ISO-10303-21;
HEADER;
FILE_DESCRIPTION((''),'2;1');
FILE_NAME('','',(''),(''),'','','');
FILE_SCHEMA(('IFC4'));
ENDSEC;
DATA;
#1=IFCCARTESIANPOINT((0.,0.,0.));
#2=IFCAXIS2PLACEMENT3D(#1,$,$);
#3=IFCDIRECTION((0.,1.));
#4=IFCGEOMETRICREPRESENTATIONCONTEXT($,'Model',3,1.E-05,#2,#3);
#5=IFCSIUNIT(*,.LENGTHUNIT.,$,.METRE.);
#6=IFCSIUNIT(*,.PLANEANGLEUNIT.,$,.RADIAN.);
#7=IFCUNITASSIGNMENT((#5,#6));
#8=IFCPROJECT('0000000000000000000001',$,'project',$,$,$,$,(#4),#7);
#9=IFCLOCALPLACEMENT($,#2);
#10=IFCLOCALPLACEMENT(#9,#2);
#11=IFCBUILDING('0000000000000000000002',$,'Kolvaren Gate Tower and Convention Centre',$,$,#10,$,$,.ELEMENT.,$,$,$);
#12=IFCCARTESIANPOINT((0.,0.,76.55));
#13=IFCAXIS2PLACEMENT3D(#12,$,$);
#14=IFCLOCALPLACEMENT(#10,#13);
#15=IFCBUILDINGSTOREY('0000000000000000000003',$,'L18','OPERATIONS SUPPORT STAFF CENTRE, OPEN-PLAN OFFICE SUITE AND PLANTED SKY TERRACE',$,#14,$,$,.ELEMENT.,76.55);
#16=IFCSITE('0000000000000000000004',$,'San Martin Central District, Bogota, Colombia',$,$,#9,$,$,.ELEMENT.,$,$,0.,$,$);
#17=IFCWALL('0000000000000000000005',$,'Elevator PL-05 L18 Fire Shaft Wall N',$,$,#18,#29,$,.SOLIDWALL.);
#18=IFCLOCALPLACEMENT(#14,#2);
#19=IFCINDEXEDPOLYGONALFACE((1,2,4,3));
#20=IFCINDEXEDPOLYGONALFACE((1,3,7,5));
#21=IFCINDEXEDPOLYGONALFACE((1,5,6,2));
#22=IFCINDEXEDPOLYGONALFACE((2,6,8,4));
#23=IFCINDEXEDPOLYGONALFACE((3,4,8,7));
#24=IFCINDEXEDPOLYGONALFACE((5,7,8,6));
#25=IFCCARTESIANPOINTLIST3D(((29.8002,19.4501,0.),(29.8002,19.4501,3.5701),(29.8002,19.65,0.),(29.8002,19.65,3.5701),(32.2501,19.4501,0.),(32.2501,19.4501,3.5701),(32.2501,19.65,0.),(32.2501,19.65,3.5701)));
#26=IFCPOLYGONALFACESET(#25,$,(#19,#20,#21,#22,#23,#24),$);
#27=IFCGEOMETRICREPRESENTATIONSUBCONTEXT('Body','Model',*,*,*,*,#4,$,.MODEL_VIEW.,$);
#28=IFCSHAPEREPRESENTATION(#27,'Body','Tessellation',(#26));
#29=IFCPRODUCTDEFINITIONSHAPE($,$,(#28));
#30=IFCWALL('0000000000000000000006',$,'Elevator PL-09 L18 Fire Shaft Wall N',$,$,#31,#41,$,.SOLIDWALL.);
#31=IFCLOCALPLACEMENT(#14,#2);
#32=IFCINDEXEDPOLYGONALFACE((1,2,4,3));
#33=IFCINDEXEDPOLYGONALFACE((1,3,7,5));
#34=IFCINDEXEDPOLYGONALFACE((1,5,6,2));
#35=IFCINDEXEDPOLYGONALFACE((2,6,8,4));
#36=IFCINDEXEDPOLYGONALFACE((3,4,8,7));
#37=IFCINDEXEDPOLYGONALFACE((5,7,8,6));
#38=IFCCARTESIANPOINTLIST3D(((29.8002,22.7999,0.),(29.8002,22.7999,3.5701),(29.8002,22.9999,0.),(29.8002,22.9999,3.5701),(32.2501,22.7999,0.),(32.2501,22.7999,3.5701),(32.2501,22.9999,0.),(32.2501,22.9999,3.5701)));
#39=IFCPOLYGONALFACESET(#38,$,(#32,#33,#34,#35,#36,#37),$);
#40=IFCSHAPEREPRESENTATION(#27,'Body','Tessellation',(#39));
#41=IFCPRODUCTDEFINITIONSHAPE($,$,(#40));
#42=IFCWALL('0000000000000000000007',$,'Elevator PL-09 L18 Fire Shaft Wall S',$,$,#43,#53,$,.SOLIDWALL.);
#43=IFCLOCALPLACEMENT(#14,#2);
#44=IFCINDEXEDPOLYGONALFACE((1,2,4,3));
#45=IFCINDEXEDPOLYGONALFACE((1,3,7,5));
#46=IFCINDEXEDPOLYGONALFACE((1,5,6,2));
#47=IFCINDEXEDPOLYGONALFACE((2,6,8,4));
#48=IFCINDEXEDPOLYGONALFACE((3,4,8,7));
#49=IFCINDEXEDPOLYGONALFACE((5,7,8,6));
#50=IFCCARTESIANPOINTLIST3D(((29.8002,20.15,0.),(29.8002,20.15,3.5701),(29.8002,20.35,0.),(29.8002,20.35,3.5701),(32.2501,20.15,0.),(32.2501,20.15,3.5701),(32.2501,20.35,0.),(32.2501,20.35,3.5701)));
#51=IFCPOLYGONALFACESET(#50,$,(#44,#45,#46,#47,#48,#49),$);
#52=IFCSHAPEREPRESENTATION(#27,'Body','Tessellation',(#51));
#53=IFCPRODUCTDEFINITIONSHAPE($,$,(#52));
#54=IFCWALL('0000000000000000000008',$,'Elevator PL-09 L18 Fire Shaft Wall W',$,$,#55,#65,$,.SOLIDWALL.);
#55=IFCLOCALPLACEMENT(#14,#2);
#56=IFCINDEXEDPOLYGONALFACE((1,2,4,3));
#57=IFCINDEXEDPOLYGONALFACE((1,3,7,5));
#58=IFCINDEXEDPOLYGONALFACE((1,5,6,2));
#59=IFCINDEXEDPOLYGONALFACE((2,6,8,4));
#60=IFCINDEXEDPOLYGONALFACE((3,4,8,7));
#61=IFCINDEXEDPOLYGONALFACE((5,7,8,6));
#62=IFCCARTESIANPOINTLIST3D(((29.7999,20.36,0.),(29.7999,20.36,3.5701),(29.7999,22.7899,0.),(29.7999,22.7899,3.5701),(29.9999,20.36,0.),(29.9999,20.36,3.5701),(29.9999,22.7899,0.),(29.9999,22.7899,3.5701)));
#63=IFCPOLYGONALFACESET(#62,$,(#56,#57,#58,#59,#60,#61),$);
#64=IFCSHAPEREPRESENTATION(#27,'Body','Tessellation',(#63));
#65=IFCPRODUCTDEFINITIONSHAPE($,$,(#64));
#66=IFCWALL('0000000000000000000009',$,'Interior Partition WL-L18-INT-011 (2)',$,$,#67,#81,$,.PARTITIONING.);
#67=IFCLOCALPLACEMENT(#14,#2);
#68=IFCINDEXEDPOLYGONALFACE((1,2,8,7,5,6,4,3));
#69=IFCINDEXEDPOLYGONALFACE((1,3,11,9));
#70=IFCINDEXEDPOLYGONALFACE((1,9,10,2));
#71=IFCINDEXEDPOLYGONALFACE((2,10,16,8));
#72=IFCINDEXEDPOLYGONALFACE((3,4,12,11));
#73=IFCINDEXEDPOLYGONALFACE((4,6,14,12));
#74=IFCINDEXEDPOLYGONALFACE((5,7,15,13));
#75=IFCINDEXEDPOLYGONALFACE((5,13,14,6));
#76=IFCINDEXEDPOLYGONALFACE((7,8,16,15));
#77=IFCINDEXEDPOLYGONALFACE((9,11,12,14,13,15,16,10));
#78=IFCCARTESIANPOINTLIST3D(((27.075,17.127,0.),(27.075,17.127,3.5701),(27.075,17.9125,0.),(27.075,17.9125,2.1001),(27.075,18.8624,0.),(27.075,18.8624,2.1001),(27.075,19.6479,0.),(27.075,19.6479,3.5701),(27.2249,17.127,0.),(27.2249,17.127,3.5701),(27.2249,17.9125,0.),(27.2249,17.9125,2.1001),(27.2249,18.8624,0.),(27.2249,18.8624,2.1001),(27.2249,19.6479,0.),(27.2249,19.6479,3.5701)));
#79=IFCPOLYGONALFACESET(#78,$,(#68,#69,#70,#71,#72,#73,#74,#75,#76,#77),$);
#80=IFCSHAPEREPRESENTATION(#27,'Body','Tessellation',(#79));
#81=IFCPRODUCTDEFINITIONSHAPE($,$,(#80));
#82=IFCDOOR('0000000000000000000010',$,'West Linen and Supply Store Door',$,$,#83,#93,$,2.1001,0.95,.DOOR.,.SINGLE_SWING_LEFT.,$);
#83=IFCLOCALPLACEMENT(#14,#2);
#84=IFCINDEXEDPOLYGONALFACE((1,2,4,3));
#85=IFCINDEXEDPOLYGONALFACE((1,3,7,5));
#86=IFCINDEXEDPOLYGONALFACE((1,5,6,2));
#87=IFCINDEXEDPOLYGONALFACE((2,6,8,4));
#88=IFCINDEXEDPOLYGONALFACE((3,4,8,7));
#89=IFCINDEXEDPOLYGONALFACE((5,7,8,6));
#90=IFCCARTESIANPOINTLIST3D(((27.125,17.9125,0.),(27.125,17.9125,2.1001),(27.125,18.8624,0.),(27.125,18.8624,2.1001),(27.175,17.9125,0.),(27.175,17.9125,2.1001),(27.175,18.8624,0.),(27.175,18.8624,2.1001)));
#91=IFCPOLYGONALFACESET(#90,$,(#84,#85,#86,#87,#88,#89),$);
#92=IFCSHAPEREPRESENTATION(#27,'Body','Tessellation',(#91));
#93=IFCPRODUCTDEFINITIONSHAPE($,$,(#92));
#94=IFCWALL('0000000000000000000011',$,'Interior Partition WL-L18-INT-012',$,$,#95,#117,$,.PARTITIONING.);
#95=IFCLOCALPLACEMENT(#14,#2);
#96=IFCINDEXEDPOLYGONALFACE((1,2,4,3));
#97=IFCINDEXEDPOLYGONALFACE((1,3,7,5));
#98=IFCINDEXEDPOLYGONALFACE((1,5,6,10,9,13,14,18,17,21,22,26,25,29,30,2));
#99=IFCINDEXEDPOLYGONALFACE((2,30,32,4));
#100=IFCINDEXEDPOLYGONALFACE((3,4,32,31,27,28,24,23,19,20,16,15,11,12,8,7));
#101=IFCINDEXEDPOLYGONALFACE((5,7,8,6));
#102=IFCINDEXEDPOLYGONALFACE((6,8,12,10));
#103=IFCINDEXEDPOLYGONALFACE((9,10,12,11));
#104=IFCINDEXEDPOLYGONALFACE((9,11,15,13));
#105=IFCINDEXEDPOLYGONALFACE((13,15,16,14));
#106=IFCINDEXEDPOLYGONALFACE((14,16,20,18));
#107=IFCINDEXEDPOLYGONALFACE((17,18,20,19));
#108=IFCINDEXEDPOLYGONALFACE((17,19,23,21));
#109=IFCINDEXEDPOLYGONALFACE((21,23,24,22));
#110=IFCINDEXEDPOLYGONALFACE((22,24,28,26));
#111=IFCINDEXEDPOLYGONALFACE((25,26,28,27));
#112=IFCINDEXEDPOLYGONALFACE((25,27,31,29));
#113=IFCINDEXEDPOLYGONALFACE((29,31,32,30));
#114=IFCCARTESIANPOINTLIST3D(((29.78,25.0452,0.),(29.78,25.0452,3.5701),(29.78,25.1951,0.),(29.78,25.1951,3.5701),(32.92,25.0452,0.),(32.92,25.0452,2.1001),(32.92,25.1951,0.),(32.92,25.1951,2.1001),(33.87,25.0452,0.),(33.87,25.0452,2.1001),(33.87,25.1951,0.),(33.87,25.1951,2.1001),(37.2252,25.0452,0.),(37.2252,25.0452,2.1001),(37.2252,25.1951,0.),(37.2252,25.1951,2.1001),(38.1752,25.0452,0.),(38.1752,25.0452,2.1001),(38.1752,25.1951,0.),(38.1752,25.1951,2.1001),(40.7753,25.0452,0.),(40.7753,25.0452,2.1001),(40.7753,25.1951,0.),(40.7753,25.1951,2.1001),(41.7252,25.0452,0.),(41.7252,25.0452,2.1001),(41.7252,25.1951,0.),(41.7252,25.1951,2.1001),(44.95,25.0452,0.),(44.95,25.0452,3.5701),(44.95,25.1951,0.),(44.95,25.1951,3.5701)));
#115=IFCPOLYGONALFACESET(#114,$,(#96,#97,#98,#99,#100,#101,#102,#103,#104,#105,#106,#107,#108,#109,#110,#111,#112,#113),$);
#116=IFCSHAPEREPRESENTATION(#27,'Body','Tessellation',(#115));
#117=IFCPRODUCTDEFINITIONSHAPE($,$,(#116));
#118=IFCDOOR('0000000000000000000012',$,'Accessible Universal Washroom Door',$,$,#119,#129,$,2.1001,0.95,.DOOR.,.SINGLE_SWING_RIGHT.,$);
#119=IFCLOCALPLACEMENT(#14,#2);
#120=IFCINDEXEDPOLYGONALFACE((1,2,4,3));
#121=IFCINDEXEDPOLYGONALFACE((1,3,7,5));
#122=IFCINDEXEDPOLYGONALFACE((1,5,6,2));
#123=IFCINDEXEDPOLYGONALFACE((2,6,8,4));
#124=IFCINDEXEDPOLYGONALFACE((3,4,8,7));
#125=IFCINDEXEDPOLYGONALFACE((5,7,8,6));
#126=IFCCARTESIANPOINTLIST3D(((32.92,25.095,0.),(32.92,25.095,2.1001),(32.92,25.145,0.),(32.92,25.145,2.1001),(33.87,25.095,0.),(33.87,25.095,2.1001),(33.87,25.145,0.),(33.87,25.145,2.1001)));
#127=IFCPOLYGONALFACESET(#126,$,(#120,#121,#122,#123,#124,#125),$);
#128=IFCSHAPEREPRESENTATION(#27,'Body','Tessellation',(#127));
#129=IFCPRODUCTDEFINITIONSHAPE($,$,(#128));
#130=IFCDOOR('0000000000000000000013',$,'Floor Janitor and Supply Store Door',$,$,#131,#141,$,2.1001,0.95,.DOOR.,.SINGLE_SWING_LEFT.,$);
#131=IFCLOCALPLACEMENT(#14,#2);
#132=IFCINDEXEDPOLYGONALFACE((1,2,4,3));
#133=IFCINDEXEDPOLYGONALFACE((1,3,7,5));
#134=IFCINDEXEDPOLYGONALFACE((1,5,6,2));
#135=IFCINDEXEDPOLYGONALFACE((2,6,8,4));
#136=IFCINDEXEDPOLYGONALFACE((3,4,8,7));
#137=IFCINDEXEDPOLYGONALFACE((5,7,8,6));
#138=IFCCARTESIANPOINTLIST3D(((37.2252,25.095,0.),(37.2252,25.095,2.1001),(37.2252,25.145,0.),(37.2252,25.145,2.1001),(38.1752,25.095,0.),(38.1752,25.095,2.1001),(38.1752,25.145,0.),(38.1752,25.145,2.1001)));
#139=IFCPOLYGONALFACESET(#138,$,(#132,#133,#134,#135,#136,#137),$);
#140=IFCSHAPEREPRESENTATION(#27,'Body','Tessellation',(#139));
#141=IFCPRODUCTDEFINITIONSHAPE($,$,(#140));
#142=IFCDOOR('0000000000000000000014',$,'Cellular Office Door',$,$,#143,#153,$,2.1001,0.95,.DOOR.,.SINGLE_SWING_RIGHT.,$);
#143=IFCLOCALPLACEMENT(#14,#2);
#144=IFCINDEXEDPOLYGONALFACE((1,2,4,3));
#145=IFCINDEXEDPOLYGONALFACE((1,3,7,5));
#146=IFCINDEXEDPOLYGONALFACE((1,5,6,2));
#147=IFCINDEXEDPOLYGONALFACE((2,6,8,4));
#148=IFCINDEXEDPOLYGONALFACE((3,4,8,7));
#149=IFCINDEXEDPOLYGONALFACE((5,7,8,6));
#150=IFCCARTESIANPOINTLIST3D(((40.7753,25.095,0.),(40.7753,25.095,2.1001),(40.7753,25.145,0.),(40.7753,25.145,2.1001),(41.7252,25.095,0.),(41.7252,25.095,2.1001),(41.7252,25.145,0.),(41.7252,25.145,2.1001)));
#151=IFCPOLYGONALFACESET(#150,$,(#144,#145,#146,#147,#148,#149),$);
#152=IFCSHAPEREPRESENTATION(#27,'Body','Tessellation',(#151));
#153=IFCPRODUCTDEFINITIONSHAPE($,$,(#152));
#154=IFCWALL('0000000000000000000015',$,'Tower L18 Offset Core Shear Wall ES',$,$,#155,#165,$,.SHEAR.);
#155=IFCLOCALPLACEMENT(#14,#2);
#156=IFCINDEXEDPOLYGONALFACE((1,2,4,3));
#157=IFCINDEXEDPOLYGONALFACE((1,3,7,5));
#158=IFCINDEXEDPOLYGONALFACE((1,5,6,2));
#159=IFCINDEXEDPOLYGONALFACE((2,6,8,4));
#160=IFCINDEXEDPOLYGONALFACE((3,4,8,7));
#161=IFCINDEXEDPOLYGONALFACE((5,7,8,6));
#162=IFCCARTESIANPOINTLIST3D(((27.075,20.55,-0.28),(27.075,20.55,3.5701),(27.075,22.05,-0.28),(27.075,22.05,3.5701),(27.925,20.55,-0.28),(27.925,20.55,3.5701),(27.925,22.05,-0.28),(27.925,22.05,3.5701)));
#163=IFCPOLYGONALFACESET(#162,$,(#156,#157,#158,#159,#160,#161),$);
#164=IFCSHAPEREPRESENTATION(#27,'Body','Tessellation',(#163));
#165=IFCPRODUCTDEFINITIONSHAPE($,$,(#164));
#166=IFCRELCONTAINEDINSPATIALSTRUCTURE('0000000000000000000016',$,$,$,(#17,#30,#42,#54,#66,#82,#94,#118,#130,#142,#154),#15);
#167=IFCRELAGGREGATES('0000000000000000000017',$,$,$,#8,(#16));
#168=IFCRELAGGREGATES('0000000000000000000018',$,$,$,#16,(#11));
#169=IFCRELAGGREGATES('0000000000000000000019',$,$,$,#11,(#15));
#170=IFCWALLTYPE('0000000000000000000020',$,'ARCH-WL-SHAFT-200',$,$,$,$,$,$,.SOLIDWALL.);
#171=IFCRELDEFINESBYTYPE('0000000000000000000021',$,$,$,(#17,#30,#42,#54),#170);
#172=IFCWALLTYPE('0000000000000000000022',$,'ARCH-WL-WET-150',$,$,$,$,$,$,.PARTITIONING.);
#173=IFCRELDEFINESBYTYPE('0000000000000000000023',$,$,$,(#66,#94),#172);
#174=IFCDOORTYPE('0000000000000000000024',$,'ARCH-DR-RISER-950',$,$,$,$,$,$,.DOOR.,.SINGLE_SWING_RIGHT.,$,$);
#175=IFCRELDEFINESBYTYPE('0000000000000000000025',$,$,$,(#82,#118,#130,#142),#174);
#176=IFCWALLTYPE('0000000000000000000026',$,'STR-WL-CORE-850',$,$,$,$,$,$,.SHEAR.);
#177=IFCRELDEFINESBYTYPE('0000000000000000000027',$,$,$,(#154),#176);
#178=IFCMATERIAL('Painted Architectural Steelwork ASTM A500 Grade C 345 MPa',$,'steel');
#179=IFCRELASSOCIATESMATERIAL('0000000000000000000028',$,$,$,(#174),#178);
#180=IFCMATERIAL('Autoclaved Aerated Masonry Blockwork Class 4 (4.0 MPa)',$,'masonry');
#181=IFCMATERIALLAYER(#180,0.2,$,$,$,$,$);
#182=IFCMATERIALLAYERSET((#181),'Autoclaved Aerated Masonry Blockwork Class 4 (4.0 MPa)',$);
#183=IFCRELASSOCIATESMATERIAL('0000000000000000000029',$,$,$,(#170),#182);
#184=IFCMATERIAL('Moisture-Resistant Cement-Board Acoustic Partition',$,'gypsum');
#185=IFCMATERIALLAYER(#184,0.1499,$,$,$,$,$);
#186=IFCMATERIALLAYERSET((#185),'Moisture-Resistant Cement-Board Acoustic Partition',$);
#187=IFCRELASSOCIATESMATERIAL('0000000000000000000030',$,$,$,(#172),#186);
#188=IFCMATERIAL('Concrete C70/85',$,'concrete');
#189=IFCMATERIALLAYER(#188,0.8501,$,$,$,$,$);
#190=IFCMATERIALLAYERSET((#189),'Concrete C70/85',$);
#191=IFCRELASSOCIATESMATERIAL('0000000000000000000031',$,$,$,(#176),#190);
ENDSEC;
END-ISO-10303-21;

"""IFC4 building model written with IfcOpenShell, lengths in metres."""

from ifc_helpers import new_model, si_unit, direction, frame, frame_2d, origin, place, context, subcontext, project, spatial, rectangle, extrude, material, layer, layer_set, type_object, element, fill, save


model = new_model("IFC4")

# Units and contexts
model_context = context("Model", 3, precision=1e-05, world=origin(), true_north=direction((0.0, 1.0)))
body_context = subcontext(model_context, "Body", "Model", "MODEL_VIEW")
ifc_project = project(units=[si_unit("LENGTHUNIT", "METRE"), si_unit("PLANEANGLEUNIT", "RADIAN")], contexts=[model_context])

# Site, building, storey
site_placement = place(None, origin())
site = spatial("IfcSite", under=ifc_project, at=site_placement, Name="San Martin Central District, Bogota, Colombia", CompositionType="ELEMENT", RefElevation=0.0)
building_placement = place(site_placement, origin())
building = spatial("IfcBuilding", under=site, at=building_placement, Name="Kolvaren Gate Tower and Convention Centre", CompositionType="ELEMENT")
storey_placement = place(building_placement, frame((0.0, 0.0, 76.55)))
storey = spatial("IfcBuildingStorey", under=building, at=storey_placement, Name="L18", Description="OPERATIONS SUPPORT STAFF CENTRE, OPEN-PLAN OFFICE SUITE AND PLANTED SKY TERRACE", CompositionType="ELEMENT", Elevation=76.55)

# Shared definitions
ifc_material_1 = material(Name="Autoclaved Aerated Masonry Blockwork Class 4 (4.0 MPa)", Category="masonry")

# Shared definitions
ifc_material_2 = material(Name="Painted Architectural Steelwork ASTM A500 Grade C 345 MPa", Category="steel")
door_type_1 = type_object("IfcDoorType", Name="ARCH-DR-RISER-950", OperationType="SINGLE_SWING_RIGHT", PredefinedType="DOOR", material=ifc_material_2)

# Shared definitions
ifc_layer_1 = layer(ifc_material_1, 0.2)
ifc_layer_set_1 = layer_set([ifc_layer_1], Name="Autoclaved Aerated Masonry Blockwork Class 4 (4.0 MPa)")
wall_type_1 = type_object("IfcWallType", Name="ARCH-WL-SHAFT-200", PredefinedType="SOLIDWALL", material=ifc_layer_set_1)

# Walls
for number, where, z_axis, x_axis, name in (
    (1, (29.8, 19.55, 0.0), (0.0, 0.0, 1.0), (1.0, 0.0, 0.0), "Elevator PL-05 L18 Fire Shaft Wall N"),
    (2, (29.8, 22.8999, 0.0), (0.0, 0.0, 1.0), (1.0, 0.0, 0.0), "Elevator PL-09 L18 Fire Shaft Wall N"),
    (3, (29.8, 20.25, 0.0), (0.0, 0.0, 1.0), (1.0, 0.0, 0.0), "Elevator PL-09 L18 Fire Shaft Wall S"),
):
    element("IfcWall", number, at=place(storey_placement, frame(where, z_axis=z_axis, x_axis=x_axis)), inside=storey, type_object=wall_type_1, Name=name, PredefinedType="SOLIDWALL", context=body_context, shape_type="SweptSolid", body=[
        extrude(rectangle(XDim=2.45, YDim=0.2, at=frame_2d((1.2251, 0.0))), origin(), (0.0, 0.0, 1.0), 3.5701),
    ])
wall_1_placement = place(storey_placement, frame((29.8999, 20.3601, 0.0), z_axis=(0.0, 0.0, 1.0), x_axis=(0.0, 1.0, 0.0)))
element("IfcWall", 4, at=wall_1_placement, inside=storey, type_object=wall_type_1, Name="Elevator PL-09 L18 Fire Shaft Wall W", PredefinedType="SOLIDWALL", context=body_context, shape_type="SweptSolid", body=[
    extrude(rectangle(XDim=2.4299, YDim=0.2, at=frame_2d((1.2148, 0.0))), origin(), (0.0, 0.0, 1.0), 3.5701),
])

# Wall, opening, door
ifc_material_3 = material(Name="Moisture-Resistant Cement-Board Acoustic Partition", Category="gypsum")
ifc_layer_2 = layer(ifc_material_3, 0.1499)
ifc_layer_set_2 = layer_set([ifc_layer_2], Name="Moisture-Resistant Cement-Board Acoustic Partition")
wall_type_2 = type_object("IfcWallType", Name="ARCH-WL-WET-150", PredefinedType="PARTITIONING", material=ifc_layer_set_2)
wall_2_placement = place(storey_placement, frame((27.1499, 17.127, 0.0), z_axis=(0.0, 0.0, 1.0), x_axis=(0.0, 1.0, 0.0)))
wall_2 = element("IfcWall", 5, at=wall_2_placement, inside=storey, type_object=wall_type_2, Name="Interior Partition WL-L18-INT-011 (2)", PredefinedType="PARTITIONING", context=body_context, shape_type="SweptSolid", body=[
    extrude(rectangle(XDim=2.521, YDim=0.1499, at=frame_2d((1.2605, 0.0))), origin(), (0.0, 0.0, 1.0), 3.5701),
])
opening_1_placement = place(wall_2_placement, frame((0.7854, 0.0, 0.0)))
opening_1 = element("IfcOpeningElement", 6, at=opening_1_placement, cuts=wall_2, PredefinedType="OPENING", context=body_context, shape_type="SweptSolid", body=[
    extrude(rectangle(XDim=0.95, YDim=2.1001, at=frame_2d((0.4751, 1.05))), frame((0.0, 0.085, 0.0), z_axis=(0.0, -1.0, 0.0), x_axis=(1.0, 0.0, 0.0)), (0.0, 0.0, 1.0), 0.1699),
])
door_1_placement = place(opening_1_placement, origin())
door_1 = element("IfcDoor", 7, at=door_1_placement, inside=storey, type_object=door_type_1, Name="West Linen and Supply Store Door", OperationType="SINGLE_SWING_LEFT", OverallHeight=2.1001, OverallWidth=0.95, PredefinedType="DOOR", context=body_context, shape_type="SweptSolid", body=[
    extrude(rectangle(XDim=0.95, YDim=2.1001, at=frame_2d((0.4751, 1.05))), frame((0.0, 0.0249, 0.0), z_axis=(0.0, -1.0, 0.0), x_axis=(1.0, 0.0, 0.0)), (0.0, 0.0, 1.0), 0.05),
])
fill(opening_1, door_1)

# Wall, openings, doors
wall_3_placement = place(storey_placement, frame((29.78, 25.1201, 0.0), z_axis=(0.0, 0.0, 1.0), x_axis=(1.0, 0.0, 0.0)))
wall_3 = element("IfcWall", 8, at=wall_3_placement, inside=storey, type_object=wall_type_2, Name="Interior Partition WL-L18-INT-012", PredefinedType="PARTITIONING", context=body_context, shape_type="SweptSolid", body=[
    extrude(rectangle(XDim=15.1699, YDim=0.1499, at=frame_2d((7.585, 0.0))), origin(), (0.0, 0.0, 1.0), 3.5701),
])
opening_2_placement = place(wall_3_placement, frame((3.1399, 0.0, 0.0)))
opening_2 = element("IfcOpeningElement", 9, at=opening_2_placement, cuts=wall_3, PredefinedType="OPENING", context=body_context, shape_type="SweptSolid", body=[
    extrude(rectangle(XDim=0.95, YDim=2.1001, at=frame_2d((0.4751, 1.05))), frame((0.0, 0.085, 0.0), z_axis=(0.0, -1.0, 0.0), x_axis=(1.0, 0.0, 0.0)), (0.0, 0.0, 1.0), 0.1699),
])
opening_3_placement = place(wall_3_placement, frame((7.4451, 0.0, 0.0)))
opening_3 = element("IfcOpeningElement", 10, at=opening_3_placement, cuts=wall_3, PredefinedType="OPENING", context=body_context, shape_type="SweptSolid", body=[
    extrude(rectangle(XDim=0.95, YDim=2.1001, at=frame_2d((0.4751, 1.05))), frame((0.0, 0.085, 0.0), z_axis=(0.0, -1.0, 0.0), x_axis=(1.0, 0.0, 0.0)), (0.0, 0.0, 1.0), 0.1699),
])
opening_4_placement = place(wall_3_placement, frame((10.9951, 0.0, 0.0)))
opening_4 = element("IfcOpeningElement", 11, at=opening_4_placement, cuts=wall_3, PredefinedType="OPENING", context=body_context, shape_type="SweptSolid", body=[
    extrude(rectangle(XDim=0.95, YDim=2.1001, at=frame_2d((0.4751, 1.05))), frame((0.0, 0.085, 0.0), z_axis=(0.0, -1.0, 0.0), x_axis=(1.0, 0.0, 0.0)), (0.0, 0.0, 1.0), 0.1699),
])
door_2_placement = place(opening_2_placement, origin())
door_2 = element("IfcDoor", 12, at=door_2_placement, inside=storey, type_object=door_type_1, Name="Accessible Universal Washroom Door", OperationType="SINGLE_SWING_RIGHT", OverallHeight=2.1001, OverallWidth=0.95, PredefinedType="DOOR", context=body_context, shape_type="SweptSolid", body=[
    extrude(rectangle(XDim=0.95, YDim=2.1001, at=frame_2d((0.4751, 1.05))), frame((0.0, 0.0249, 0.0), z_axis=(0.0, -1.0, 0.0), x_axis=(1.0, 0.0, 0.0)), (0.0, 0.0, 1.0), 0.05),
])
fill(opening_2, door_2)
door_3_placement = place(opening_3_placement, origin())
door_3 = element("IfcDoor", 13, at=door_3_placement, inside=storey, type_object=door_type_1, Name="Floor Janitor and Supply Store Door", OperationType="SINGLE_SWING_LEFT", OverallHeight=2.1001, OverallWidth=0.95, PredefinedType="DOOR", context=body_context, shape_type="SweptSolid", body=[
    extrude(rectangle(XDim=0.95, YDim=2.1001, at=frame_2d((0.4751, 1.05))), frame((0.0, 0.0249, 0.0), z_axis=(0.0, -1.0, 0.0), x_axis=(1.0, 0.0, 0.0)), (0.0, 0.0, 1.0), 0.05),
])
fill(opening_3, door_3)
door_4_placement = place(opening_4_placement, origin())
door_4 = element("IfcDoor", 14, at=door_4_placement, inside=storey, type_object=door_type_1, Name="Cellular Office Door", OperationType="SINGLE_SWING_RIGHT", OverallHeight=2.1001, OverallWidth=0.95, PredefinedType="DOOR", context=body_context, shape_type="SweptSolid", body=[
    extrude(rectangle(XDim=0.95, YDim=2.1001, at=frame_2d((0.4751, 1.05))), frame((0.0, 0.0249, 0.0), z_axis=(0.0, -1.0, 0.0), x_axis=(1.0, 0.0, 0.0)), (0.0, 0.0, 1.0), 0.05),
])
fill(opening_4, door_4)

# Wall
ifc_material_4 = material(Name="Concrete C70/85", Category="concrete")
ifc_layer_3 = layer(ifc_material_4, 0.8501)
ifc_layer_set_3 = layer_set([ifc_layer_3], Name="Concrete C70/85")
wall_type_3 = type_object("IfcWallType", Name="STR-WL-CORE-850", PredefinedType="SHEAR", material=ifc_layer_set_3)
wall_4_placement = place(storey_placement, frame((27.5, 20.55, -0.28), z_axis=(0.0, 0.0, 1.0), x_axis=(0.0, 1.0, 0.0)))
element("IfcWall", 15, at=wall_4_placement, inside=storey, type_object=wall_type_3, Name="Tower L18 Offset Core Shear Wall ES", PredefinedType="SHEAR", context=body_context, shape_type="SweptSolid", body=[
    extrude(rectangle(XDim=1.5, YDim=0.8501, at=frame_2d((0.75, 0.0))), origin(), (0.0, 0.0, 1.0), 3.8501),
])

save(model, "model.ifc")
